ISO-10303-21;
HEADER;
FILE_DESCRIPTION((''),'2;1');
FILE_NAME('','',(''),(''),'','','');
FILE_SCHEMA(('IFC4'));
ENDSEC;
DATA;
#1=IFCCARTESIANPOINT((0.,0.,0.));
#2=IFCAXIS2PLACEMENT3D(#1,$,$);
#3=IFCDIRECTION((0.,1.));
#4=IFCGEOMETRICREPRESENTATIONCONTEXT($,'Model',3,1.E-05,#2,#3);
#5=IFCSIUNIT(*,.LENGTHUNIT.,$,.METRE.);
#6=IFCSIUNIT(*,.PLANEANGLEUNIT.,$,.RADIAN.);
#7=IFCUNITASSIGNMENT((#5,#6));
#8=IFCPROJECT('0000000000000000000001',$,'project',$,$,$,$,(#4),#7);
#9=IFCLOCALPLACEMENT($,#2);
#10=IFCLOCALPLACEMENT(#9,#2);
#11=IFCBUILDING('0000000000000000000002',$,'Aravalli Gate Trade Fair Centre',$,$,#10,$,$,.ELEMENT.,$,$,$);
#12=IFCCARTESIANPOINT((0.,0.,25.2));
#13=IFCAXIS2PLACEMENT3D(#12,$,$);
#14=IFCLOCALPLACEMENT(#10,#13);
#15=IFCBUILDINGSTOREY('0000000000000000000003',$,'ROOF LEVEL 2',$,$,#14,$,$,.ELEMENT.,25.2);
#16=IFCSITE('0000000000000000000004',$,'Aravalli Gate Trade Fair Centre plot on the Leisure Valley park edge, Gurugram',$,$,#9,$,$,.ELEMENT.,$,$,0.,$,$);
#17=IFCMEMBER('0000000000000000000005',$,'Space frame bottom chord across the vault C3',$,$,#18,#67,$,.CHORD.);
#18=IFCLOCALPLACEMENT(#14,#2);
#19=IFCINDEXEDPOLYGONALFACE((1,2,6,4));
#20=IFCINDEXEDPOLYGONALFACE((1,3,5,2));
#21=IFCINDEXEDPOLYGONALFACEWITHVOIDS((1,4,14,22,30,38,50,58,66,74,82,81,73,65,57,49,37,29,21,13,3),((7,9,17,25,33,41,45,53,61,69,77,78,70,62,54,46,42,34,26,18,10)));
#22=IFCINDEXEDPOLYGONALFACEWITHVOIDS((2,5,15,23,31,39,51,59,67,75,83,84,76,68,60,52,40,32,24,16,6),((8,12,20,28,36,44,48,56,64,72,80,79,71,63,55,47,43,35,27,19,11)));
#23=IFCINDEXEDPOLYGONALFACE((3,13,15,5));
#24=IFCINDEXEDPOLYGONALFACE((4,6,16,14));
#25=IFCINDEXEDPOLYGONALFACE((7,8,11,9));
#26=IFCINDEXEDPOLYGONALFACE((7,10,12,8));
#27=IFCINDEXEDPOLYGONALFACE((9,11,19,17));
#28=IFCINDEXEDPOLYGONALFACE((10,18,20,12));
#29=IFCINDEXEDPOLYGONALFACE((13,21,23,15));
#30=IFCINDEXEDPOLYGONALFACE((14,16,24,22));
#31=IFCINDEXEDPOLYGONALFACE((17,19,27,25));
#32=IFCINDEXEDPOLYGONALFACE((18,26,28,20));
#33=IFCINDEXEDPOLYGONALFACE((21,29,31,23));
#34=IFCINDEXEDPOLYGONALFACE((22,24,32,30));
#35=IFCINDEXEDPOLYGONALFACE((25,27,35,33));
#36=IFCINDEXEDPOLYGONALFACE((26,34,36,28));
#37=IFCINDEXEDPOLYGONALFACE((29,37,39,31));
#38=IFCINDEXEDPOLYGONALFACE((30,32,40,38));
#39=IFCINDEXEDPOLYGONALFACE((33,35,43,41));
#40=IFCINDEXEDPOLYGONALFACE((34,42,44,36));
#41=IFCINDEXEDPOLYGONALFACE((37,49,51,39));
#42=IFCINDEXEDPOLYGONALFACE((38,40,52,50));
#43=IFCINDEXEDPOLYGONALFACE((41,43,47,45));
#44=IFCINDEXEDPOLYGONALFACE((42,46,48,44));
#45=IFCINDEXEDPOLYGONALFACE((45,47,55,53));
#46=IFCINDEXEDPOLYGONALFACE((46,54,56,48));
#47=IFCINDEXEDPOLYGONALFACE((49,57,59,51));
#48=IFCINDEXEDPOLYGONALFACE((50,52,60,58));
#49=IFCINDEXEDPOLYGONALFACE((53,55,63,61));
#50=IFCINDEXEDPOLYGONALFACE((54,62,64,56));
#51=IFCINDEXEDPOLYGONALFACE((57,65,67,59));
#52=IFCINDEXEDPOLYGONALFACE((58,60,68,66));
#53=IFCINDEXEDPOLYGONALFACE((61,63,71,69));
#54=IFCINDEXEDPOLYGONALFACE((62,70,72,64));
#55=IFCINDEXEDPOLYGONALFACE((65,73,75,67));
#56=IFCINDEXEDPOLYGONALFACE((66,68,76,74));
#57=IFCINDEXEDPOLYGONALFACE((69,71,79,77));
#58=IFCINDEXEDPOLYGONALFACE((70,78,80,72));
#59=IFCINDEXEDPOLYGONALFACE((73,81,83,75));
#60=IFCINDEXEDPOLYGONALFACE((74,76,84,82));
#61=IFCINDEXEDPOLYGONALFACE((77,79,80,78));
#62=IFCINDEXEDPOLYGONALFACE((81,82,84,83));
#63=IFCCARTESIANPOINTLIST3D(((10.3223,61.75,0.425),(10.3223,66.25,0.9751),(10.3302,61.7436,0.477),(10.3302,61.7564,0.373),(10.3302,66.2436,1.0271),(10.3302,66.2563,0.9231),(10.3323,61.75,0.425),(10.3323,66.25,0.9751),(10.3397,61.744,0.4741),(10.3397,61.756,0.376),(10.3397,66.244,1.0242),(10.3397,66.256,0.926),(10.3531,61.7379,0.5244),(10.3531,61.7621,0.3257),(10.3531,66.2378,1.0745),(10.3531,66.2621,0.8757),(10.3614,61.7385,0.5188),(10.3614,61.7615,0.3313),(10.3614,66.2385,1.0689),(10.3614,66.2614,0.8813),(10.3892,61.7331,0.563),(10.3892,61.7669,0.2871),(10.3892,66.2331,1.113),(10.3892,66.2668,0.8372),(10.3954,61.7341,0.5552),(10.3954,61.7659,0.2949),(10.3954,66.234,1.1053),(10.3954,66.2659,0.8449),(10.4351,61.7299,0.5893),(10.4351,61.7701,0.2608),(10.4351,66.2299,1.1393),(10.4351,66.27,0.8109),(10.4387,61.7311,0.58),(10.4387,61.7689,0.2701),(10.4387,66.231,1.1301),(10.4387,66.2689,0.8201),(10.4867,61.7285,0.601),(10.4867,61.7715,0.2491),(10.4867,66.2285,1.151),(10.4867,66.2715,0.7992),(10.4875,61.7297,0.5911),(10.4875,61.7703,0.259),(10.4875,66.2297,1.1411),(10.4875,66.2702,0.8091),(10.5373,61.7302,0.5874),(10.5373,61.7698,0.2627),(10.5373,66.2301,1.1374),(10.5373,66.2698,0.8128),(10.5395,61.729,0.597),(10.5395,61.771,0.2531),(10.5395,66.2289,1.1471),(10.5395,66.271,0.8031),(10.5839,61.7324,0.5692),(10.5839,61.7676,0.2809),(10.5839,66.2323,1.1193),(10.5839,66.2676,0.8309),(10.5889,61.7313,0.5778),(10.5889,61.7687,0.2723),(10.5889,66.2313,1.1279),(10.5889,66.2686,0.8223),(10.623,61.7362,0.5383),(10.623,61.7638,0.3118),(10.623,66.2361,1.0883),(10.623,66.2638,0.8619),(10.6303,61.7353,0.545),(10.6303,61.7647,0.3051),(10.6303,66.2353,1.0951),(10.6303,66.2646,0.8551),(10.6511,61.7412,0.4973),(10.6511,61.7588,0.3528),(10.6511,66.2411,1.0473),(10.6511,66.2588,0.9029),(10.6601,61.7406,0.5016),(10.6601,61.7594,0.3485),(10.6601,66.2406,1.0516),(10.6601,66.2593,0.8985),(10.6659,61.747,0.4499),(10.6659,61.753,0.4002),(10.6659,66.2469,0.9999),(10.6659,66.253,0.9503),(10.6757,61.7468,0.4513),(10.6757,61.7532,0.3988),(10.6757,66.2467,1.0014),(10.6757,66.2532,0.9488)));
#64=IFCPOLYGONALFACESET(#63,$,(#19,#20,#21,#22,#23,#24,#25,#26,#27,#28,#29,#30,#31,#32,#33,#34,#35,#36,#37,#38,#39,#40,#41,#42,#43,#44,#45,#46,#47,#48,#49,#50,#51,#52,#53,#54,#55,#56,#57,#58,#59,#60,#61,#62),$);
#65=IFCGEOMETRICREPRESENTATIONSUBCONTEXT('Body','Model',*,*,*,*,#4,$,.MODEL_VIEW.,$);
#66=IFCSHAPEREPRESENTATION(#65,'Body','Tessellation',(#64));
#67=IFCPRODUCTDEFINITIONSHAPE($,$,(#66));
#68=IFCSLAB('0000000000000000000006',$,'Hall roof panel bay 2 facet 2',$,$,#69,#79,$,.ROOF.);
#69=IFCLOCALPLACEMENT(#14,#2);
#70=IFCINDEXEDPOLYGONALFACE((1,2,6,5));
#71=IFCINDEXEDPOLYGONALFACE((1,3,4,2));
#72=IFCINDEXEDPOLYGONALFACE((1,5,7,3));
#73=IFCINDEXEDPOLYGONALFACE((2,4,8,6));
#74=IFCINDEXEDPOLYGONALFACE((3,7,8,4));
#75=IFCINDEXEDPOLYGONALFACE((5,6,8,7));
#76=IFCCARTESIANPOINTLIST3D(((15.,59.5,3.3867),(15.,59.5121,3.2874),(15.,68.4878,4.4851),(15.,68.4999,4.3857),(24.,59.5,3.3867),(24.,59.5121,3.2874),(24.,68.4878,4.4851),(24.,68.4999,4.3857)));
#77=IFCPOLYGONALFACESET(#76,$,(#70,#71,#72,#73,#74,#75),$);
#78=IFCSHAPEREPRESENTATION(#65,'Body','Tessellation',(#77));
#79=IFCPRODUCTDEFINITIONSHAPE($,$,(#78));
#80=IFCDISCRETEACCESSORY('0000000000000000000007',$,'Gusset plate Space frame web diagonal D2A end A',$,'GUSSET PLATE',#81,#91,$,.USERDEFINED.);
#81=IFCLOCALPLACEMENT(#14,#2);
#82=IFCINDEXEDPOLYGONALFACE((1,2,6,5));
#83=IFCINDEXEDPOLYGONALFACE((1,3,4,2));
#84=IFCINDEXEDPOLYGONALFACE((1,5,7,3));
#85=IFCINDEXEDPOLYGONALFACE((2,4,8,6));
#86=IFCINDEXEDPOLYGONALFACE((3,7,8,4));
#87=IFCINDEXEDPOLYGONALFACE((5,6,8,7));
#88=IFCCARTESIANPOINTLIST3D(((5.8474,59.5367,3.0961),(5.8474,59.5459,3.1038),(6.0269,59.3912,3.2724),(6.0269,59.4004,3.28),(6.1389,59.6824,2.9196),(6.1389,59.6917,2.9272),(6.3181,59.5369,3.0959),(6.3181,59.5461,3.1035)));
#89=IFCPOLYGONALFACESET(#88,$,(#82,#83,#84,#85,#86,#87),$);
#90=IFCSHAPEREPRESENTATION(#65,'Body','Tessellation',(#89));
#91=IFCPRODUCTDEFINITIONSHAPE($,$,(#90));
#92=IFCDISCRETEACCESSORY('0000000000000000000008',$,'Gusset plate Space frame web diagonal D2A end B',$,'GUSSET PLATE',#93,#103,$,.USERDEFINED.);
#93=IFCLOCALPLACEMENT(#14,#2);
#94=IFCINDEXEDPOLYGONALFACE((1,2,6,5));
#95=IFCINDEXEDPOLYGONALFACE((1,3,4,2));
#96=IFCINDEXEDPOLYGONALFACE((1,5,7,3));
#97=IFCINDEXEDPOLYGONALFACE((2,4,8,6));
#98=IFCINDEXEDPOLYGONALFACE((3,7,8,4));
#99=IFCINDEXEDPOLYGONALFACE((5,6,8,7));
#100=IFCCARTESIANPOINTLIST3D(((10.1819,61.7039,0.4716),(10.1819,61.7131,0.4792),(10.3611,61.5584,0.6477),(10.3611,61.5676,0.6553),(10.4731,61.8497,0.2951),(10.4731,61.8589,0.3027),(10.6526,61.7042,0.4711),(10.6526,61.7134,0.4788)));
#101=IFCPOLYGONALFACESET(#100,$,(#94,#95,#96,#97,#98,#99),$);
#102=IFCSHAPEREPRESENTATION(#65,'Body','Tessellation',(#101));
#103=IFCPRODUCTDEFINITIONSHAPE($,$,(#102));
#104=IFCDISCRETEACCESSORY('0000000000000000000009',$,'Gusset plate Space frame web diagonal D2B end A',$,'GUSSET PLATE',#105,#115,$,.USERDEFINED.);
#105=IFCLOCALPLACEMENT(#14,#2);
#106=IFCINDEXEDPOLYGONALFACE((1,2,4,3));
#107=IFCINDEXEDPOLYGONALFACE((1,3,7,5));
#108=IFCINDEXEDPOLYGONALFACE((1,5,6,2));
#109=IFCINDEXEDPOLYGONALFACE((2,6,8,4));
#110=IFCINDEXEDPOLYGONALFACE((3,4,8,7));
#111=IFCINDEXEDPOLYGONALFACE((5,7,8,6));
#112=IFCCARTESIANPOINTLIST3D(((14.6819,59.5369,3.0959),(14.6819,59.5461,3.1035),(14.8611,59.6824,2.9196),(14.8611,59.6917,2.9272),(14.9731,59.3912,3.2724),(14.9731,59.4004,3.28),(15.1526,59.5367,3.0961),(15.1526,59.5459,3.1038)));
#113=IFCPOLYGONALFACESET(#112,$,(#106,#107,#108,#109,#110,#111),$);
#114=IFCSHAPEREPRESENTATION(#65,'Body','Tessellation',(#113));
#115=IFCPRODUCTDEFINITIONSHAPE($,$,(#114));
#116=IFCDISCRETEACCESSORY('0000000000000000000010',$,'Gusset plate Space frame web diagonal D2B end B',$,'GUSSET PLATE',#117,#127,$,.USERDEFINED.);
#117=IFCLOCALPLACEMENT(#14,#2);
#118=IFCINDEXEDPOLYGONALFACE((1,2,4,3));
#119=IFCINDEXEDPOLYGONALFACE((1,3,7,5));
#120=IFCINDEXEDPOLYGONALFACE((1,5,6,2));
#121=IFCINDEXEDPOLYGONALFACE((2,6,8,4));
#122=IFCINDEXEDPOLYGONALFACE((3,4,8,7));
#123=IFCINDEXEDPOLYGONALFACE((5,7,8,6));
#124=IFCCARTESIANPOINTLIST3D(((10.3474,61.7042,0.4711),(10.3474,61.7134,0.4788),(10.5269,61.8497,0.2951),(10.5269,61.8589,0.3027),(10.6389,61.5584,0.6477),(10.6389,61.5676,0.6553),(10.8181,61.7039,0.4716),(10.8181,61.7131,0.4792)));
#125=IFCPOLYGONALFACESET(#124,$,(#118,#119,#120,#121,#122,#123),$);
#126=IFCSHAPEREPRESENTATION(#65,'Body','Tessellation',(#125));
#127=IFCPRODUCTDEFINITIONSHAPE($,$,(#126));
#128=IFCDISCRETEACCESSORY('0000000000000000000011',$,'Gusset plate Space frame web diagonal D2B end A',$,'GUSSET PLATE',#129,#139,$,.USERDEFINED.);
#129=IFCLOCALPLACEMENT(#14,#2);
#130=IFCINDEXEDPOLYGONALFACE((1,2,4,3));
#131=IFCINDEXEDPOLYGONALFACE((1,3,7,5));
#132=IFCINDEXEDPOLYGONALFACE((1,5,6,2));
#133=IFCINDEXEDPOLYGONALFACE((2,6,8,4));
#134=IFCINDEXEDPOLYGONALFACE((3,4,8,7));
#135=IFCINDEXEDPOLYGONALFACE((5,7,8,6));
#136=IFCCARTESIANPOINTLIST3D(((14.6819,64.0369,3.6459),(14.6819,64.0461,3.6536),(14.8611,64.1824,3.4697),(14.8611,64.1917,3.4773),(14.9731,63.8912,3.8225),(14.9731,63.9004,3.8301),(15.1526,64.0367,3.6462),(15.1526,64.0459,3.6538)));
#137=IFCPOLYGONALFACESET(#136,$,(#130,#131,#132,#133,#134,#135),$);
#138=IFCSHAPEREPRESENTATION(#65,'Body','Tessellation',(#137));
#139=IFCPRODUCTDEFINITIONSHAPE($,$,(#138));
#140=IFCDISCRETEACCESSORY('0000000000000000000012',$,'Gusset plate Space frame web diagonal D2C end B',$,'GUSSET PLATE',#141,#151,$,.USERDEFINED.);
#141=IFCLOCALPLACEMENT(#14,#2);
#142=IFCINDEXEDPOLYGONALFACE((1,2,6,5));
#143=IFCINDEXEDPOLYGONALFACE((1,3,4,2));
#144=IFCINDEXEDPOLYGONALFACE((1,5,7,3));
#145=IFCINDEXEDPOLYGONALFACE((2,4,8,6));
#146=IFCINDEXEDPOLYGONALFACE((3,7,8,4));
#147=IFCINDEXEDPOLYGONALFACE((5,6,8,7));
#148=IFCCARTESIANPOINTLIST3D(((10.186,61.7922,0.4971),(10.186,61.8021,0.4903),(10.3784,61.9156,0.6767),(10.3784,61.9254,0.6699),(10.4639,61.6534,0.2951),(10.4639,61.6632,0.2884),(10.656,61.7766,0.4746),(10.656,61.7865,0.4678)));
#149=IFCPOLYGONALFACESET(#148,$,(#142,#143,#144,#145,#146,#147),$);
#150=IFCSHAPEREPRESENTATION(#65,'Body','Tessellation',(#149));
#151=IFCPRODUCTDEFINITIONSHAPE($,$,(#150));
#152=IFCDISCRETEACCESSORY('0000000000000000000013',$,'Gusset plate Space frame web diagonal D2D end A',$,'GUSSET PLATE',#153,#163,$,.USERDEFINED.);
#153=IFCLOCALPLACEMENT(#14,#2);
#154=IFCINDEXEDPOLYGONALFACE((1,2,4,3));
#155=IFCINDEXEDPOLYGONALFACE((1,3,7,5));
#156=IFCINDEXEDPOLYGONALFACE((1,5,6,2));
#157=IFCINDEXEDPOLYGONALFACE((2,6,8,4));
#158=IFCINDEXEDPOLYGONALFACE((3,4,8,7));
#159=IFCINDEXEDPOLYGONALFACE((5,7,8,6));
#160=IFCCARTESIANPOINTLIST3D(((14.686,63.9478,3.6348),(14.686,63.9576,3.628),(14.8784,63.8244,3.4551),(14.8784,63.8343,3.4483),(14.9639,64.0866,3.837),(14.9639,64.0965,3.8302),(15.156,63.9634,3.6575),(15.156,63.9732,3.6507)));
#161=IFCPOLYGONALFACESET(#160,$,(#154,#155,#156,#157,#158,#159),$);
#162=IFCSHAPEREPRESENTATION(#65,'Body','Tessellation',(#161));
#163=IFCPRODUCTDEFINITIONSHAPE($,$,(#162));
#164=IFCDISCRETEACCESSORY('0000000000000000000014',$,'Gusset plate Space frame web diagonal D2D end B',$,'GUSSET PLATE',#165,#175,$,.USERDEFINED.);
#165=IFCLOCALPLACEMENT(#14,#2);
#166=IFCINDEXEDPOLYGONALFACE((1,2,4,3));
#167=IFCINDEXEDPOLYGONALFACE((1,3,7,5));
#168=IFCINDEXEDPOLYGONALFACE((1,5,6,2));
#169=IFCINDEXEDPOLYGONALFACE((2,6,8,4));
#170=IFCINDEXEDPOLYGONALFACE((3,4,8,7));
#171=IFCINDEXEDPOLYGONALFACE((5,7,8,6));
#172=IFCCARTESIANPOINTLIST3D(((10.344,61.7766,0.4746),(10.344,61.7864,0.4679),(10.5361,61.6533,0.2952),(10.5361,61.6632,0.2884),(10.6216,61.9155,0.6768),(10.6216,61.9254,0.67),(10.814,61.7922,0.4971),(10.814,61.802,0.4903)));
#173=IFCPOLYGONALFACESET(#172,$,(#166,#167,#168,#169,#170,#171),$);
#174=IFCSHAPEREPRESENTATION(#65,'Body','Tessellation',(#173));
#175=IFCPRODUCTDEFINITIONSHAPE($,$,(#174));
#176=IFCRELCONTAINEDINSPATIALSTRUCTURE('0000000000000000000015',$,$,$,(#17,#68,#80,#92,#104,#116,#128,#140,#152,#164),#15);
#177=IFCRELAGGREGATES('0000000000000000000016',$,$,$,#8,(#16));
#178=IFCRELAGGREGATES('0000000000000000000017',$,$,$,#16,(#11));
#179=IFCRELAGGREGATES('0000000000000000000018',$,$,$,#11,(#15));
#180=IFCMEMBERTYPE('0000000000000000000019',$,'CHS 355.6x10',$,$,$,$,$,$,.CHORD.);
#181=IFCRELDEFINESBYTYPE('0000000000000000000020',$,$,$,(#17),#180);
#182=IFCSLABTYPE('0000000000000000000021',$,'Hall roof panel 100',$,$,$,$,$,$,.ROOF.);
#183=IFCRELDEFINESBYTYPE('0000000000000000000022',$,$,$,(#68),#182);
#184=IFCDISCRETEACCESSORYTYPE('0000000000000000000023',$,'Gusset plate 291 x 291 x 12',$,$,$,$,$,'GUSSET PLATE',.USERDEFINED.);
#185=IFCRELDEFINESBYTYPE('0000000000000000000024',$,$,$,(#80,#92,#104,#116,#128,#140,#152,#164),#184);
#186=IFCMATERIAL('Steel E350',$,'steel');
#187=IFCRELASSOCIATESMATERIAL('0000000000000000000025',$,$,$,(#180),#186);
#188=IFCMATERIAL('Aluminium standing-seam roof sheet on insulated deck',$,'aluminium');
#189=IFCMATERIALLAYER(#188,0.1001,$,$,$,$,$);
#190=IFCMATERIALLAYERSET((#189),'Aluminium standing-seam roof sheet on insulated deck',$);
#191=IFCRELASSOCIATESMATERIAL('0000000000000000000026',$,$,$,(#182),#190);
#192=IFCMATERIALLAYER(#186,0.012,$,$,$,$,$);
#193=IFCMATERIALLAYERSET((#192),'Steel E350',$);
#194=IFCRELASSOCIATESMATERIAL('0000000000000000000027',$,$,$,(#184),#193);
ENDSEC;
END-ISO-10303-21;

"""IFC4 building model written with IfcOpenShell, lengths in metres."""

from ifc_helpers import new_model, si_unit, direction, frame, origin, origin_2d, place, context, subcontext, project, spatial, polyline, hollow_circle, outline, extrude, material, layer, layer_set, material_profile, profile_set, type_object, element, save


model = new_model("IFC4")

# Units and contexts
model_context = context("Model", 3, precision=1e-05, world=origin(), true_north=direction((0.0, 1.0)))
body_context = subcontext(model_context, "Body", "Model", "MODEL_VIEW")
ifc_project = project(units=[si_unit("LENGTHUNIT", "METRE"), si_unit("PLANEANGLEUNIT", "RADIAN")], contexts=[model_context])

# Site, building, storey
site_placement = place(None, origin())
site = spatial("IfcSite", under=ifc_project, at=site_placement, Name="Aravalli Gate Trade Fair Centre plot on the Leisure Valley park edge, Gurugram", CompositionType="ELEMENT", RefElevation=0.0)
building_placement = place(site_placement, origin())
building = spatial("IfcBuilding", under=site, at=building_placement, Name="Aravalli Gate Trade Fair Centre", CompositionType="ELEMENT")
storey_placement = place(building_placement, frame((0.0, 0.0, 25.2)))
storey = spatial("IfcBuildingStorey", under=building, at=storey_placement, Name="ROOF LEVEL 2", CompositionType="ELEMENT", Elevation=25.2)

# Member
ifc_material_1 = material(Name="Steel E350", Category="steel")
ifc_material_profile_1 = material_profile(ifc_material_1, hollow_circle(Radius=0.1777, WallThickness=0.01, at=origin_2d()), Name="CHS 355.6x10")
ifc_profile_set_1 = profile_set([ifc_material_profile_1], Name="Steel E350")
member_type_1 = type_object("IfcMemberType", Name="CHS 355.6x10", PredefinedType="CHORD", material=ifc_profile_set_1)
member_1_placement = place(storey_placement, frame((10.5, 61.75, 0.425), z_axis=(0.0, 0.992612, 0.12133), x_axis=(-1.0, 0.0, 0.0)))
element("IfcMember", 1, at=member_1_placement, inside=storey, type_object=member_type_1, Name="Space frame bottom chord across the vault C3", PredefinedType="CHORD", context=body_context, shape_type="SweptSolid", body=[
    extrude(hollow_circle(Radius=0.1777, WallThickness=0.01, at=origin_2d()), origin(), (0.0, 0.0, 1.0), 4.5334),
])

# Slab
ifc_material_2 = material(Name="Aluminium standing-seam roof sheet on insulated deck", Category="aluminium")
ifc_layer_1 = layer(ifc_material_2, 0.1001)
ifc_layer_set_1 = layer_set([ifc_layer_1], Name="Aluminium standing-seam roof sheet on insulated deck")
slab_type = type_object("IfcSlabType", Name="Hall roof panel 100", PredefinedType="ROOF", material=ifc_layer_set_1)
slab_placement = place(storey_placement, frame((15.0, 59.5, 3.3867), z_axis=(0.0, -0.121306, 0.992615), x_axis=(1.0, 0.0, 0.0)))
element("IfcSlab", 2, at=slab_placement, inside=storey, type_object=slab_type, Name="Hall roof panel bay 2 facet 2", PredefinedType="ROOF", context=body_context, shape_type="SweptSolid", body=[
    extrude(outline(polyline([(0.0, 0.0), (9.0, 0.0), (9.0, 9.0547), (0.0, 9.0547), (0.0, 0.0)])), origin(), (0.0, 0.0, -1.0), 0.1001),
])

# Discrete accessories
ifc_layer_2 = layer(ifc_material_1, 0.012)
ifc_layer_set_2 = layer_set([ifc_layer_2], Name="Steel E350")
discrete_accessory_type_1 = type_object("IfcDiscreteAccessoryType", Name="Gusset plate 291 x 291 x 12", ElementType="GUSSET PLATE", PredefinedType="USERDEFINED", material=ifc_layer_set_2)
discrete_accessory_1_placement = place(storey_placement, frame((6.1389, 59.6917, 2.9272), z_axis=(-0.00007, 0.771155, 0.636648), x_axis=(-0.786484, -0.393242, 0.476238)))
element("IfcDiscreteAccessory", 3, at=discrete_accessory_1_placement, inside=storey, type_object=discrete_accessory_type_1, Name="Gusset plate Space frame web diagonal D2A end A", ObjectType="GUSSET PLATE", PredefinedType="USERDEFINED", context=body_context, shape_type="SweptSolid", body=[
    extrude(outline(polyline([(0.0, 0.0), (0.3706, 0.0), (0.3707, 0.2906), (0.0002, 0.2904), (0.0, 0.0)])), origin(), (0.0, 0.0, -1.0), 0.012),
])
discrete_accessory_2_placement = place(storey_placement, frame((10.1819, 61.7131, 0.4792), z_axis=(0.000261, 0.770887, 0.636972), x_axis=(0.786233, 0.393446, -0.476485)))
element("IfcDiscreteAccessory", 4, at=discrete_accessory_2_placement, inside=storey, type_object=discrete_accessory_type_1, Name="Gusset plate Space frame web diagonal D2A end B", ObjectType="GUSSET PLATE", PredefinedType="USERDEFINED", context=body_context, shape_type="SweptSolid", body=[
    extrude(outline(polyline([(0.0, 0.0), (0.3704, 0.0), (0.3704, -0.2904), (-0.0002, -0.2903), (0.0, 0.0)])), origin(), (0.0, 0.0, -1.0), 0.012),
])
discrete_accessory_3_placement = place(storey_placement, frame((14.6819, 59.5461, 3.1035), z_axis=(0.00007, 0.771155, 0.636648), x_axis=(0.786233, -0.393446, 0.476485)))
element("IfcDiscreteAccessory", 5, at=discrete_accessory_3_placement, inside=storey, type_object=discrete_accessory_type_1, Name="Gusset plate Space frame web diagonal D2B end A", ObjectType="GUSSET PLATE", PredefinedType="USERDEFINED", context=body_context, shape_type="SweptSolid", body=[
    extrude(outline(polyline([(0.0, 0.0), (0.3704, 0.0), (0.3703, 0.2906), (-0.0003, 0.2904), (0.0, 0.0)])), origin(), (0.0, 0.0, -1.0), 0.012),
])
discrete_accessory_4_placement = place(storey_placement, frame((10.6389, 61.5676, 0.6553), z_axis=(-0.000261, 0.770887, 0.636972), x_axis=(-0.786484, 0.393242, -0.476238)))
element("IfcDiscreteAccessory", 6, at=discrete_accessory_4_placement, inside=storey, type_object=discrete_accessory_type_1, Name="Gusset plate Space frame web diagonal D2B end B", ObjectType="GUSSET PLATE", PredefinedType="USERDEFINED", context=body_context, shape_type="SweptSolid", body=[
    extrude(outline(polyline([(0.0, 0.0), (0.3706, 0.0), (0.3706, -0.2904), (0.0001, -0.2903), (0.0, 0.0)])), origin(), (0.0, 0.0, -1.0), 0.012),
])
discrete_accessory_5_placement = place(storey_placement, frame((14.6819, 64.0461, 3.6536), z_axis=(0.00007, 0.771155, 0.636648), x_axis=(0.786233, -0.393446, 0.476485)))
element("IfcDiscreteAccessory", 7, at=discrete_accessory_5_placement, inside=storey, type_object=discrete_accessory_type_1, Name="Gusset plate Space frame web diagonal D2B end A", ObjectType="GUSSET PLATE", PredefinedType="USERDEFINED", context=body_context, shape_type="SweptSolid", body=[
    extrude(outline(polyline([(0.0, 0.0), (0.3704, 0.0), (0.3703, 0.2906), (-0.0003, 0.2904), (0.0, 0.0)])), origin(), (0.0, 0.0, -1.0), 0.012),
])
discrete_accessory_6_placement = place(storey_placement, frame((10.186, 61.7922, 0.4971), z_axis=(-0.000339, -0.824216, 0.566276), x_axis=(0.749929, -0.374811, -0.545089)))
element("IfcDiscreteAccessory", 8, at=discrete_accessory_6_placement, inside=storey, type_object=discrete_accessory_type_1, Name="Gusset plate Space frame web diagonal D2C end B", ObjectType="GUSSET PLATE", PredefinedType="USERDEFINED", context=body_context, shape_type="SweptSolid", body=[
    extrude(outline(polyline([(0.0, 0.0), (0.3705, 0.0), (0.3705, 0.2904), (0.0001, 0.2907), (0.0, 0.0)])), origin(), (0.0, 0.0, -1.0), 0.012),
])
discrete_accessory_7_placement = place(storey_placement, frame((14.686, 63.9478, 3.6348), z_axis=(0.000059, -0.824356, 0.566072), x_axis=(0.74966, 0.374676, 0.545552)))
element("IfcDiscreteAccessory", 9, at=discrete_accessory_7_placement, inside=storey, type_object=discrete_accessory_type_1, Name="Gusset plate Space frame web diagonal D2D end A", ObjectType="GUSSET PLATE", PredefinedType="USERDEFINED", context=body_context, shape_type="SweptSolid", body=[
    extrude(outline(polyline([(0.0, 0.0), (0.3706, 0.0), (0.3706, -0.2904), (0.0, -0.2907), (0.0, 0.0)])), origin(), (0.0, 0.0, -1.0), 0.012),
])
discrete_accessory_8_placement = place(storey_placement, frame((10.6216, 61.9155, 0.6768), z_axis=(0.000339, -0.824216, 0.566276), x_axis=(-0.749371, -0.375169, -0.545611)))
element("IfcDiscreteAccessory", 10, at=discrete_accessory_8_placement, inside=storey, type_object=discrete_accessory_type_1, Name="Gusset plate Space frame web diagonal D2D end B", ObjectType="GUSSET PLATE", PredefinedType="USERDEFINED", context=body_context, shape_type="SweptSolid", body=[
    extrude(outline(polyline([(0.0, 0.0), (0.3704, 0.0), (0.3706, 0.2904), (0.0001, 0.2907), (0.0, 0.0)])), origin(), (0.0, 0.0, -1.0), 0.012),
])

save(model, "model.ifc")
